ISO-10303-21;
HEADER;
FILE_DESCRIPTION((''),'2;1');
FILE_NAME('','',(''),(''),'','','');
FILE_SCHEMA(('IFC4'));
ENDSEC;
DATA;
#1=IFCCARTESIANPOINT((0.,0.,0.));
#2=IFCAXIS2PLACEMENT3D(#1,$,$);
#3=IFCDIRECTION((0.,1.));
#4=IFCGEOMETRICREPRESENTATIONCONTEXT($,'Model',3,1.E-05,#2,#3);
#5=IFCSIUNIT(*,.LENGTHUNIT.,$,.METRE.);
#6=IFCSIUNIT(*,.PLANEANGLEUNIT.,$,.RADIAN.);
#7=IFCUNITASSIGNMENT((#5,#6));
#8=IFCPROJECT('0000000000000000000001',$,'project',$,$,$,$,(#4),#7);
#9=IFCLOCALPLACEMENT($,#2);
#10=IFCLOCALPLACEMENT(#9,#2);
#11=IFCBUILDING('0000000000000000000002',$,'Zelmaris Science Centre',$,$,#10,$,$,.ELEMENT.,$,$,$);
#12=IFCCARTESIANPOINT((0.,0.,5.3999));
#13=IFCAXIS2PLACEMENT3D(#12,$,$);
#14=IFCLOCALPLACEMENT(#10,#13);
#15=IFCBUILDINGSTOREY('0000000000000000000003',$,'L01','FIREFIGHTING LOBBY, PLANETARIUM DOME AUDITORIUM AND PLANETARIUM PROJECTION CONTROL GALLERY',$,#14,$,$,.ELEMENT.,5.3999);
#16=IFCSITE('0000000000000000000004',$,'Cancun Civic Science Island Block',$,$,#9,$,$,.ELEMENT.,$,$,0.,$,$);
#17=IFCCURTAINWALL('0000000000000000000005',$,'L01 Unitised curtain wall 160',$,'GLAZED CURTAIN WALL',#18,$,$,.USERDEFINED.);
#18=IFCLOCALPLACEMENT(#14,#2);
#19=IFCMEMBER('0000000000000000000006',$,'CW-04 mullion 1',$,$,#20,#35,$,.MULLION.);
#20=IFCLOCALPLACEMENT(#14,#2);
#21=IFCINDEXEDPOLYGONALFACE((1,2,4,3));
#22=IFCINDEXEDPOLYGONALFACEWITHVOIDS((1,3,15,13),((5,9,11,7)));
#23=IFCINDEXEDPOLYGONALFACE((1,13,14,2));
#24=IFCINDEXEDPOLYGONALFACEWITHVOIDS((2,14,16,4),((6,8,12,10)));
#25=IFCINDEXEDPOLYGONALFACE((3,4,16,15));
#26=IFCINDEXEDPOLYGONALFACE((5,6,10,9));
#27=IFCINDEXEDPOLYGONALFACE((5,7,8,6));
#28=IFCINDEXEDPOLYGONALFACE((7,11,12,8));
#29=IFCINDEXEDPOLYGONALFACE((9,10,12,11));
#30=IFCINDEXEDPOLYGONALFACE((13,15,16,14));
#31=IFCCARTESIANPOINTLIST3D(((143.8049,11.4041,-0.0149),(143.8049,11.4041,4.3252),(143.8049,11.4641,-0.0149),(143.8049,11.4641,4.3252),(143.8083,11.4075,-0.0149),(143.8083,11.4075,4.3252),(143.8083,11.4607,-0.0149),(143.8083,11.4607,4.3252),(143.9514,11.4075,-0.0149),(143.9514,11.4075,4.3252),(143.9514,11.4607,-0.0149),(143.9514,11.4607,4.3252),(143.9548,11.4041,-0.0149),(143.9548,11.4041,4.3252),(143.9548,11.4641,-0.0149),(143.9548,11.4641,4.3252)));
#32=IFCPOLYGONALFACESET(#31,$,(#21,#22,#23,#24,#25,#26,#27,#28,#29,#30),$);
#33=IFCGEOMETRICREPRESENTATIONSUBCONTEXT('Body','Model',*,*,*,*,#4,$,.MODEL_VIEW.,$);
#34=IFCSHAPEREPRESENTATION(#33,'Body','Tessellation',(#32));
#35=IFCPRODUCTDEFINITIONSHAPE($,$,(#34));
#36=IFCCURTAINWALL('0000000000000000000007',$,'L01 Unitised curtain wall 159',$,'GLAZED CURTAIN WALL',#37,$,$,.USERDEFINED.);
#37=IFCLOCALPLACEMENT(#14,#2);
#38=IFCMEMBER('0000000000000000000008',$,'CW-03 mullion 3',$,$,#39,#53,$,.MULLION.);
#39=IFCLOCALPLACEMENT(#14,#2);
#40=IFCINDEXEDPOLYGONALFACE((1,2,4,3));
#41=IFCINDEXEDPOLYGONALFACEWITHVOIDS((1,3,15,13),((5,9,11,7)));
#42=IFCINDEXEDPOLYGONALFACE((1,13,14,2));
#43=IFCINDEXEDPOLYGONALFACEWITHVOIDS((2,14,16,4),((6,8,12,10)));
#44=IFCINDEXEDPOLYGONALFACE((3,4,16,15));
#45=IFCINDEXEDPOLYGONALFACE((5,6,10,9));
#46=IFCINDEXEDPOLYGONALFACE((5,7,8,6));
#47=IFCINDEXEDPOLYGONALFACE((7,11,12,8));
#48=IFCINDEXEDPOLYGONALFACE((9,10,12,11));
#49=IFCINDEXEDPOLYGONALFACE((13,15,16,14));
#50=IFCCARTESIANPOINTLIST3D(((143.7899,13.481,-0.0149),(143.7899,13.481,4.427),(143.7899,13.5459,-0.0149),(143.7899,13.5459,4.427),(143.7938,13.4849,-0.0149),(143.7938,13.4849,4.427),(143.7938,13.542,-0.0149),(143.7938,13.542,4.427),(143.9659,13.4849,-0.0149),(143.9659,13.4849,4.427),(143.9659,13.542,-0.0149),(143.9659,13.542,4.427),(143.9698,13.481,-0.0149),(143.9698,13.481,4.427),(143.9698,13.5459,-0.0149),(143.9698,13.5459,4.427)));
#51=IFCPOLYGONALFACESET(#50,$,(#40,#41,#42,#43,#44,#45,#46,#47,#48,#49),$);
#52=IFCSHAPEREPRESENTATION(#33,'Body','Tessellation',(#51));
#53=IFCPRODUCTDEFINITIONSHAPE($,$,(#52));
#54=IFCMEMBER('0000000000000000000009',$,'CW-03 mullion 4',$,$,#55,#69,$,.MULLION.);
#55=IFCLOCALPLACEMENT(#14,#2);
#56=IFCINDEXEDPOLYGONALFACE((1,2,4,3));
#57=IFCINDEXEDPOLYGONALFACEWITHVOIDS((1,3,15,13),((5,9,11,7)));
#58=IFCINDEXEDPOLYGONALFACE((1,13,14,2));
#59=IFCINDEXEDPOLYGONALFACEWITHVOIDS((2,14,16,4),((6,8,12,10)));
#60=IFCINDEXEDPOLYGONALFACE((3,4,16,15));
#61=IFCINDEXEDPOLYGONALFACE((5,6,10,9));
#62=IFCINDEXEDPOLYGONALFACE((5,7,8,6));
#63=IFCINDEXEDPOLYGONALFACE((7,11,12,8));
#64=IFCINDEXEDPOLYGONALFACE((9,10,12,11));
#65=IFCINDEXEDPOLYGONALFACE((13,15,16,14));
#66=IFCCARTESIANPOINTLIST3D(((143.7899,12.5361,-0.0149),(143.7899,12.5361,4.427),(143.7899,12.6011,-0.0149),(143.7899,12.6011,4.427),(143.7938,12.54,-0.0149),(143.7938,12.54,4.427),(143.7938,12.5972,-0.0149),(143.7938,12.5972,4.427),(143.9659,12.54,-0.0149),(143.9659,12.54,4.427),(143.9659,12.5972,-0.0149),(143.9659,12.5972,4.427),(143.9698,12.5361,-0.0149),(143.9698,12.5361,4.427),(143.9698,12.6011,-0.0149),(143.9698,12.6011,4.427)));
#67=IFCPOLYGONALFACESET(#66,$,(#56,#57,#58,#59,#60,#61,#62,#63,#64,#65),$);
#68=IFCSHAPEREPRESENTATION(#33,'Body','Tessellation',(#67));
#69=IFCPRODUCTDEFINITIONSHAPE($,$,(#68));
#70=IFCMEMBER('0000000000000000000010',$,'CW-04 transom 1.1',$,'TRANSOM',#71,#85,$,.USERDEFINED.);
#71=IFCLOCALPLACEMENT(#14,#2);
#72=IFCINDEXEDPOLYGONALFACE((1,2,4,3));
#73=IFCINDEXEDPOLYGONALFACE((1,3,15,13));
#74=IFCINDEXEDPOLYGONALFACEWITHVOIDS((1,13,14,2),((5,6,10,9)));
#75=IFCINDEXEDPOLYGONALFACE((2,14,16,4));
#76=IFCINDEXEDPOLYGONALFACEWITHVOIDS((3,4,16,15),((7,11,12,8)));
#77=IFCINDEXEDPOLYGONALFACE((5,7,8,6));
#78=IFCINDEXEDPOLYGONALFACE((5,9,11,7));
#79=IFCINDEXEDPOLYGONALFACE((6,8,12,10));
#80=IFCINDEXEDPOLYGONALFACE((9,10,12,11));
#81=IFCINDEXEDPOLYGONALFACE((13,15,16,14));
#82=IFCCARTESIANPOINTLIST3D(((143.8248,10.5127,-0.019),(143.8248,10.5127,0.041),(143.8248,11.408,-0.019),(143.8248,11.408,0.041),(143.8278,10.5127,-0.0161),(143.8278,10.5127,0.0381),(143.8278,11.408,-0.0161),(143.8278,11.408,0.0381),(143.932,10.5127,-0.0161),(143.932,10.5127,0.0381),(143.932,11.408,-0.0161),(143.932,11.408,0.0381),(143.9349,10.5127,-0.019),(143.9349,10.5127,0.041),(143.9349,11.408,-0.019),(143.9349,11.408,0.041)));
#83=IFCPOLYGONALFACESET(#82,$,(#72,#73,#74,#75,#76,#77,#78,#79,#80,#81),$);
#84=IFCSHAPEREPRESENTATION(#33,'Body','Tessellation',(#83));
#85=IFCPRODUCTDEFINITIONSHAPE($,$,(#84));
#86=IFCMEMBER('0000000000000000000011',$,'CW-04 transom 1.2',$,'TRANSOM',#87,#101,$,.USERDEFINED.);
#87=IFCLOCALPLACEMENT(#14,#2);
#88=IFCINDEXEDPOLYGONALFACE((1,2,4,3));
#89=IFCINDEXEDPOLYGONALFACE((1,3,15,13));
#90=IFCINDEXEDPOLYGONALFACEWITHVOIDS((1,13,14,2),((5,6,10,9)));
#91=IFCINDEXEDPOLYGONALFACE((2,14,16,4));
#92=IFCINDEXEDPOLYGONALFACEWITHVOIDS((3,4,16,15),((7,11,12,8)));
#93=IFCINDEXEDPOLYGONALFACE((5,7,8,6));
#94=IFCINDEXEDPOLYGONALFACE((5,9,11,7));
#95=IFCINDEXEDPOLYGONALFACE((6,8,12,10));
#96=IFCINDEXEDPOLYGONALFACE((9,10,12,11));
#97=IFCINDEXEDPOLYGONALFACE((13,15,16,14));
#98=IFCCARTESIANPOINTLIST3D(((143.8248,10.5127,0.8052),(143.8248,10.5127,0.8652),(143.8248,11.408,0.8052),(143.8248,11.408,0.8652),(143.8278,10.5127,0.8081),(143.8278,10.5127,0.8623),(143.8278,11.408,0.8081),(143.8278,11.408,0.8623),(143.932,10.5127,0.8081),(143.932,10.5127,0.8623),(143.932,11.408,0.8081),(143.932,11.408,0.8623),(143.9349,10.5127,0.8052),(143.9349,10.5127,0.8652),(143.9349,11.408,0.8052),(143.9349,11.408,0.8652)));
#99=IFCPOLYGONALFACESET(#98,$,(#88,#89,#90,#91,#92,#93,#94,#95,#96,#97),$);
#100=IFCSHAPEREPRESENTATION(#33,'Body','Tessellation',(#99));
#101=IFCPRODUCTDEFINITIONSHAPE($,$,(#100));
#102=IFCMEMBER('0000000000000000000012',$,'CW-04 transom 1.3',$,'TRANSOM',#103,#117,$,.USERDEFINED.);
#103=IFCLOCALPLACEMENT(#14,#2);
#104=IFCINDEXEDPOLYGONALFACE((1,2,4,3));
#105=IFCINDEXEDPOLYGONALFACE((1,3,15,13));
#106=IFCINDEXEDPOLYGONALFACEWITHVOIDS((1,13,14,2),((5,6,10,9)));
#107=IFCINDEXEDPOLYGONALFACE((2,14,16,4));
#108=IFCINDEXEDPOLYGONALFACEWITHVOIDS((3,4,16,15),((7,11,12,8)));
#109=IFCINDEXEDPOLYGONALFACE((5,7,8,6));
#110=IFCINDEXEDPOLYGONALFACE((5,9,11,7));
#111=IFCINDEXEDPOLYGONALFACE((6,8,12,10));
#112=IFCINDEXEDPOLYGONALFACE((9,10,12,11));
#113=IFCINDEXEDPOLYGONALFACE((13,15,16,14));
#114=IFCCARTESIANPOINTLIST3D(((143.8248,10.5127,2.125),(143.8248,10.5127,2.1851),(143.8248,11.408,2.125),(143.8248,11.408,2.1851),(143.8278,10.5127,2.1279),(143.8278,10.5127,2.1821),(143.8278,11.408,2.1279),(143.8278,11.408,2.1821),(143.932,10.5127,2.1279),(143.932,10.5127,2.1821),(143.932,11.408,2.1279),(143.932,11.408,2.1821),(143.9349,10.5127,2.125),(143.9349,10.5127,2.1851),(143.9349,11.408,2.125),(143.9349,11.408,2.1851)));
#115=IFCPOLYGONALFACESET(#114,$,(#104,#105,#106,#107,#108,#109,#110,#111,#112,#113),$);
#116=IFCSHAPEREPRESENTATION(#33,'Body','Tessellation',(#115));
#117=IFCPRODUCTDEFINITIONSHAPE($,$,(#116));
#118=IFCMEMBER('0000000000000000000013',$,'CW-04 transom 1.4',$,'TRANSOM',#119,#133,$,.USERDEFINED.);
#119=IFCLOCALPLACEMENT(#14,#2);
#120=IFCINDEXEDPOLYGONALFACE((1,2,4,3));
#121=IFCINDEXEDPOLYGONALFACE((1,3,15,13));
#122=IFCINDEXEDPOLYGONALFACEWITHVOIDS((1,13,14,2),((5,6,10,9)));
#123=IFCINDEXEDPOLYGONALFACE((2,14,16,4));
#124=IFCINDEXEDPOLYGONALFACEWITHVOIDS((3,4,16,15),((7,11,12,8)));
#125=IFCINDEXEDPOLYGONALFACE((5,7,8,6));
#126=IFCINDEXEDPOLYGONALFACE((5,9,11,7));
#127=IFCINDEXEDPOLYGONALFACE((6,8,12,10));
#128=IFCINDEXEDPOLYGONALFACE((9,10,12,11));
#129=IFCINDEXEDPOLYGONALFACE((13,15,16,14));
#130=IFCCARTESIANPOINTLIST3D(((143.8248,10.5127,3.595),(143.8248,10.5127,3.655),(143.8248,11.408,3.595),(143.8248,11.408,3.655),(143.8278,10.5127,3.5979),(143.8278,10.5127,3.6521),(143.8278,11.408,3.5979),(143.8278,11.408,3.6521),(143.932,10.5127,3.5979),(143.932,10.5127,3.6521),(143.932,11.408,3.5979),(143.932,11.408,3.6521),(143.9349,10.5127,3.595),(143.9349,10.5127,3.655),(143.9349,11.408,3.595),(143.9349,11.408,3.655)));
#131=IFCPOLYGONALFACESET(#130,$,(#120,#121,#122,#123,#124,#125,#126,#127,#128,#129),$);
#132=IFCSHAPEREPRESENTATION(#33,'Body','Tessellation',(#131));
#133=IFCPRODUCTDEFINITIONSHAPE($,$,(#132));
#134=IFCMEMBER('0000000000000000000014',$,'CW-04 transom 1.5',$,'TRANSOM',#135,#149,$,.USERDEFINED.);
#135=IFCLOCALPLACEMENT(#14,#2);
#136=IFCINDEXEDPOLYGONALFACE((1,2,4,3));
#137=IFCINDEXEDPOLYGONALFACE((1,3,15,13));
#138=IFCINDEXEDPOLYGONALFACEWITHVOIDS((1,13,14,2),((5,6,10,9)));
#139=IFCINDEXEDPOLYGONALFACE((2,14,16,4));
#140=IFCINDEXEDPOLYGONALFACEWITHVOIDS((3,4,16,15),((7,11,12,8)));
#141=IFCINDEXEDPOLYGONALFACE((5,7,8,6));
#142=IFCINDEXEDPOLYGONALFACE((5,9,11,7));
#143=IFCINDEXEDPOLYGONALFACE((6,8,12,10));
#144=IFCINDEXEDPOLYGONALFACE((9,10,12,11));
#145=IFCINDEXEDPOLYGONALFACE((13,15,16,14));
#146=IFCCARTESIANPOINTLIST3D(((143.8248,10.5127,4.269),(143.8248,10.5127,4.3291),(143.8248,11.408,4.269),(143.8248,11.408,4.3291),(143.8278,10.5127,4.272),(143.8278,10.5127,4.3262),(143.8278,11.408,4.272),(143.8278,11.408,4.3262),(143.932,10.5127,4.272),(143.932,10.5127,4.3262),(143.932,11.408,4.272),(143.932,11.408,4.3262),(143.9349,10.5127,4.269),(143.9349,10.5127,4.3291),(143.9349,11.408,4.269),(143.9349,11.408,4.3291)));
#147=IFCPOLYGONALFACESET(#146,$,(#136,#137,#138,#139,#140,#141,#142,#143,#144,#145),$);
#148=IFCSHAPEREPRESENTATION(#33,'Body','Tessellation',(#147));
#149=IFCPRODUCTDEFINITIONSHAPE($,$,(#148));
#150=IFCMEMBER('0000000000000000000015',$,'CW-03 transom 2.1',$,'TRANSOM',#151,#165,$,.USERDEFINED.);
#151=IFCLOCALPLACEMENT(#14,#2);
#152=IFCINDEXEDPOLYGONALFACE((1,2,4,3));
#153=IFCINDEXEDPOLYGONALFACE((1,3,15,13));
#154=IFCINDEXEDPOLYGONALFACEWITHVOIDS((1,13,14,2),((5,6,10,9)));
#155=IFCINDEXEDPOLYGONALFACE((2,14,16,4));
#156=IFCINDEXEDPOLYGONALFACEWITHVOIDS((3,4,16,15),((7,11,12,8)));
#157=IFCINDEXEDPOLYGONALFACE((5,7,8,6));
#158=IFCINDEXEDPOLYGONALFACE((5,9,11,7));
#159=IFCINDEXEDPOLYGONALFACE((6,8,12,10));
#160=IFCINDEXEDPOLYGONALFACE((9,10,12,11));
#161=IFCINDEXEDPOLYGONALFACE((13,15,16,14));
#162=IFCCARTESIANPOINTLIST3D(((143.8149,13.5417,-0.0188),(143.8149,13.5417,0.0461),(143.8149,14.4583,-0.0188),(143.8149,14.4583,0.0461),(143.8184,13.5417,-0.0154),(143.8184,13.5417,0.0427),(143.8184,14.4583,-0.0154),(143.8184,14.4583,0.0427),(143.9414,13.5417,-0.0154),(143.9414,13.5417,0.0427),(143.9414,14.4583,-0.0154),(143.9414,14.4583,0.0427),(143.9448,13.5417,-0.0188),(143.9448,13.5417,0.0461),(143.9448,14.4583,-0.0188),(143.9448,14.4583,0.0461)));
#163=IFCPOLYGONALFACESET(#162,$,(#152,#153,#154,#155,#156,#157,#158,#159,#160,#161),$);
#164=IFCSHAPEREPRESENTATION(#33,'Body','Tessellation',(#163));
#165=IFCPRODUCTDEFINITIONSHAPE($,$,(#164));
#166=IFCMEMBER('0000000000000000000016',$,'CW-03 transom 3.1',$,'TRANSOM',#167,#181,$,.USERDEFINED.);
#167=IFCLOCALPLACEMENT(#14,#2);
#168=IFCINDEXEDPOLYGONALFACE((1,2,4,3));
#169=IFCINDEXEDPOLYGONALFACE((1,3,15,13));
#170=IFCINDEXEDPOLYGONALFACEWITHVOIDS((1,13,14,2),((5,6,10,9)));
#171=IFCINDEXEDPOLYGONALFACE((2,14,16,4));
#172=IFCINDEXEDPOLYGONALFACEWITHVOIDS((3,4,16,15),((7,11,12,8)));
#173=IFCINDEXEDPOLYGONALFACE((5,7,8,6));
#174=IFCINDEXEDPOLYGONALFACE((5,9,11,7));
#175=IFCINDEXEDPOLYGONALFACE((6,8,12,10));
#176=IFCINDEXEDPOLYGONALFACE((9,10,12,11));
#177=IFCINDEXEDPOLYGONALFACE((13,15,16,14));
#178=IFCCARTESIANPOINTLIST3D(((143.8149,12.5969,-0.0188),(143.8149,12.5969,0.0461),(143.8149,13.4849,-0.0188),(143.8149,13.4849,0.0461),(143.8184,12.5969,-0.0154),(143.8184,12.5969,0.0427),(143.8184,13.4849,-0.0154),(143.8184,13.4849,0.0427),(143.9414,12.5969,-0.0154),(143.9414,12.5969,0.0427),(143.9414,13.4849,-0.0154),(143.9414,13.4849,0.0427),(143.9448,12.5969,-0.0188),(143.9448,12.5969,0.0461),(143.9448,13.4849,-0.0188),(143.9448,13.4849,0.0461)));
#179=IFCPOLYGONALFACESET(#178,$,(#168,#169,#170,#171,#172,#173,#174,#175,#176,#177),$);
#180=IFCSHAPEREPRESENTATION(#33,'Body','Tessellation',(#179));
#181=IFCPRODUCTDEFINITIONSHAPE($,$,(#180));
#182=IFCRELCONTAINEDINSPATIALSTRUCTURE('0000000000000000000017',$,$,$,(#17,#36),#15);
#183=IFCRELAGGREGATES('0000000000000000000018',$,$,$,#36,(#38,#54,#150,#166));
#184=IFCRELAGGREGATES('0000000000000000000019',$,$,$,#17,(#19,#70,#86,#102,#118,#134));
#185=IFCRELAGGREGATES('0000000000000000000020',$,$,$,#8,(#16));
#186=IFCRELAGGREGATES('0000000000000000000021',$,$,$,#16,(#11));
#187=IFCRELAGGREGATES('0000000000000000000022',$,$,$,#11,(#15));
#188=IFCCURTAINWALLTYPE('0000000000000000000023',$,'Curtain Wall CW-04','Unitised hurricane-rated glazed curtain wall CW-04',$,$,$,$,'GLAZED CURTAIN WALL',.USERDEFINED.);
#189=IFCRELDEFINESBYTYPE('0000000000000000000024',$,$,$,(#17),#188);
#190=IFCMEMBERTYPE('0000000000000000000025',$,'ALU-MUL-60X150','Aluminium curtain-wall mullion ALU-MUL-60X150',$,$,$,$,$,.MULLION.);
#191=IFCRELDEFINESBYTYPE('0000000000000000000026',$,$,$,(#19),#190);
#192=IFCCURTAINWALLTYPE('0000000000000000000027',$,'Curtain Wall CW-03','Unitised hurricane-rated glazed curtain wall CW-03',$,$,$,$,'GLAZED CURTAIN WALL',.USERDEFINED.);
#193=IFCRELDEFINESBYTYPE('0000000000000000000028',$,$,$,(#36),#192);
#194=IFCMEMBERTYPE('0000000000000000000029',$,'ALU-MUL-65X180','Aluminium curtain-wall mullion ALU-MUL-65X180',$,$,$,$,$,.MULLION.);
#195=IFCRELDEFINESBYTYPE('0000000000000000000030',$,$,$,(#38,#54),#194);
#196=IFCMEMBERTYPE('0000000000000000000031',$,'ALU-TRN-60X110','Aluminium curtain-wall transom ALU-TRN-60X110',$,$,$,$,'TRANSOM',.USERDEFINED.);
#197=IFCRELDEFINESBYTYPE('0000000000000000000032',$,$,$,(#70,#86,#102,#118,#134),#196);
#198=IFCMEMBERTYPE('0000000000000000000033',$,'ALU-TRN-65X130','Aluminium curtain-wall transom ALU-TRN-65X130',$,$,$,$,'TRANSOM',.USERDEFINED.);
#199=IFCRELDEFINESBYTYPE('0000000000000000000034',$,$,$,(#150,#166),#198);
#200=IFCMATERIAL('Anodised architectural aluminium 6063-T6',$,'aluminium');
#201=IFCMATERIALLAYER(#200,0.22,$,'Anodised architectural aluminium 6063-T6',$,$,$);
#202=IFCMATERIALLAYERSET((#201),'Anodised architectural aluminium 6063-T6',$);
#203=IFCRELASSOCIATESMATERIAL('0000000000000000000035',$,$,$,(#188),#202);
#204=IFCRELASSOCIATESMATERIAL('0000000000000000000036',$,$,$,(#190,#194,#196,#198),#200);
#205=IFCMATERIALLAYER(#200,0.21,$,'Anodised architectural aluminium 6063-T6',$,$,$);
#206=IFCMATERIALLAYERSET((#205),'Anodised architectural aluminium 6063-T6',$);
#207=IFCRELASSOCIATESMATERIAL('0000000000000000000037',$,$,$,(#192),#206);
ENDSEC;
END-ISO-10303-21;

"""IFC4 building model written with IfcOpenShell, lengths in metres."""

from ifc_helpers import new_model, si_unit, direction, frame, origin, origin_2d, place, context, subcontext, project, spatial, hollow_rectangle, extrude, material, layer, layer_set, material_profile, profile_set, type_object, element, aggregate, save


model = new_model("IFC4")

# Units and contexts
model_context = context("Model", 3, precision=1e-05, world=origin(), true_north=direction((0.0, 1.0)))
body_context = subcontext(model_context, "Body", "Model", "MODEL_VIEW")
ifc_project = project(units=[si_unit("LENGTHUNIT", "METRE"), si_unit("PLANEANGLEUNIT", "RADIAN")], contexts=[model_context])

# Site, building, storey
site_placement = place(None, origin())
site = spatial("IfcSite", under=ifc_project, at=site_placement, Name="Cancun Civic Science Island Block", CompositionType="ELEMENT", RefElevation=0.0)
building_placement = place(site_placement, origin())
building = spatial("IfcBuilding", under=site, at=building_placement, Name="Zelmaris Science Centre", CompositionType="ELEMENT")
storey_placement = place(building_placement, frame((0.0, 0.0, 5.3999)))
storey = spatial("IfcBuildingStorey", under=building, at=storey_placement, Name="L01", Description="FIREFIGHTING LOBBY, PLANETARIUM DOME AUDITORIUM AND PLANETARIUM PROJECTION CONTROL GALLERY", CompositionType="ELEMENT", Elevation=5.3999)

# Curtain wall, member
ifc_material_1 = material(Name="Anodised architectural aluminium 6063-T6", Category="aluminium")
ifc_layer_1 = layer(ifc_material_1, 0.22, Name="Anodised architectural aluminium 6063-T6")
ifc_layer_set_1 = layer_set([ifc_layer_1], Name="Anodised architectural aluminium 6063-T6")
curtain_wall_type_1 = type_object("IfcCurtainWallType", Name="Curtain Wall CW-04", Description="Unitised hurricane-rated glazed curtain wall CW-04", ElementType="GLAZED CURTAIN WALL", PredefinedType="USERDEFINED", material=ifc_layer_set_1)
curtain_wall_1_placement = place(storey_placement, origin())
curtain_wall_1 = element("IfcCurtainWall", 1, at=curtain_wall_1_placement, inside=storey, type_object=curtain_wall_type_1, Name="L01 Unitised curtain wall 160", ObjectType="GLAZED CURTAIN WALL", PredefinedType="USERDEFINED")
ifc_material_profile_1 = material_profile(ifc_material_1, hollow_rectangle(XDim=0.0601, YDim=0.1499, WallThickness=0.0034, at=origin_2d()), Name="ALU-MUL-60X150")
ifc_profile_set_1 = profile_set([ifc_material_profile_1], Name="Anodised architectural aluminium 6063-T6")
member_type_1 = type_object("IfcMemberType", Name="ALU-MUL-60X150", Description="Aluminium curtain-wall mullion ALU-MUL-60X150", PredefinedType="MULLION", material=ifc_profile_set_1)
member_1_placement = place(storey_placement, frame((143.8799, 11.4341, -0.0149), z_axis=(0.0, 0.0, 1.0), x_axis=(0.0, -1.0, 0.0)))
member_1 = element("IfcMember", 2, at=member_1_placement, type_object=member_type_1, Name="CW-04 mullion 1", PredefinedType="MULLION", context=body_context, shape_type="SweptSolid", body=[
    extrude(hollow_rectangle(XDim=0.0601, YDim=0.1499, WallThickness=0.0034, at=origin_2d()), origin(), (0.0, 0.0, 1.0), 4.3401),
])

# Curtain wall, members
ifc_layer_2 = layer(ifc_material_1, 0.21, Name="Anodised architectural aluminium 6063-T6")
ifc_layer_set_2 = layer_set([ifc_layer_2], Name="Anodised architectural aluminium 6063-T6")
curtain_wall_type_2 = type_object("IfcCurtainWallType", Name="Curtain Wall CW-03", Description="Unitised hurricane-rated glazed curtain wall CW-03", ElementType="GLAZED CURTAIN WALL", PredefinedType="USERDEFINED", material=ifc_layer_set_2)
curtain_wall_2_placement = place(storey_placement, origin())
curtain_wall_2 = element("IfcCurtainWall", 3, at=curtain_wall_2_placement, inside=storey, type_object=curtain_wall_type_2, Name="L01 Unitised curtain wall 159", ObjectType="GLAZED CURTAIN WALL", PredefinedType="USERDEFINED")
ifc_material_profile_2 = material_profile(ifc_material_1, hollow_rectangle(XDim=0.0649, YDim=0.1799, WallThickness=0.0039, at=origin_2d()), Name="ALU-MUL-65X180")
ifc_profile_set_2 = profile_set([ifc_material_profile_2], Name="Anodised architectural aluminium 6063-T6")
member_type_2 = type_object("IfcMemberType", Name="ALU-MUL-65X180", Description="Aluminium curtain-wall mullion ALU-MUL-65X180", PredefinedType="MULLION", material=ifc_profile_set_2)
member_2_placement = place(storey_placement, frame((143.8799, 13.5134, -0.0149), z_axis=(0.0, 0.0, 1.0), x_axis=(0.0, -1.0, 0.0)))
member_2 = element("IfcMember", 4, at=member_2_placement, type_object=member_type_2, Name="CW-03 mullion 3", PredefinedType="MULLION", context=body_context, shape_type="SweptSolid", body=[
    extrude(hollow_rectangle(XDim=0.0649, YDim=0.1799, WallThickness=0.0039, at=origin_2d()), origin(), (0.0, 0.0, 1.0), 4.4419),
])
member_3_placement = place(storey_placement, frame((143.8799, 12.5686, -0.0149), z_axis=(0.0, 0.0, 1.0), x_axis=(0.0, -1.0, 0.0)))
member_3 = element("IfcMember", 5, at=member_3_placement, type_object=member_type_2, Name="CW-03 mullion 4", PredefinedType="MULLION", context=body_context, shape_type="SweptSolid", body=[
    extrude(hollow_rectangle(XDim=0.0649, YDim=0.1799, WallThickness=0.0039, at=origin_2d()), origin(), (0.0, 0.0, 1.0), 4.4419),
])

# Members
ifc_material_profile_3 = material_profile(ifc_material_1, hollow_rectangle(XDim=0.0601, YDim=0.1101, WallThickness=0.0029, at=origin_2d()), Name="ALU-TRN-60X110")
ifc_profile_set_3 = profile_set([ifc_material_profile_3], Name="Anodised architectural aluminium 6063-T6")
member_type_3 = type_object("IfcMemberType", Name="ALU-TRN-60X110", Description="Aluminium curtain-wall transom ALU-TRN-60X110", ElementType="TRANSOM", PredefinedType="USERDEFINED", material=ifc_profile_set_3)
member_4_placement = place(storey_placement, frame((143.8799, 11.408, 0.011), z_axis=(0.0, -1.0, 0.0), x_axis=(0.0, 0.0, 1.0)))
member_4 = element("IfcMember", 6, at=member_4_placement, type_object=member_type_3, Name="CW-04 transom 1.1", ObjectType="TRANSOM", PredefinedType="USERDEFINED", context=body_context, shape_type="SweptSolid", body=[
    extrude(hollow_rectangle(XDim=0.0601, YDim=0.1101, WallThickness=0.0029, at=origin_2d()), origin(), (0.0, 0.0, 1.0), 0.8953),
])
member_5_placement = place(storey_placement, frame((143.8799, 11.408, 0.8352), z_axis=(0.0, -1.0, 0.0), x_axis=(0.0, 0.0, 1.0)))
member_5 = element("IfcMember", 7, at=member_5_placement, type_object=member_type_3, Name="CW-04 transom 1.2", ObjectType="TRANSOM", PredefinedType="USERDEFINED", context=body_context, shape_type="SweptSolid", body=[
    extrude(hollow_rectangle(XDim=0.0601, YDim=0.1101, WallThickness=0.0029, at=origin_2d()), origin(), (0.0, 0.0, 1.0), 0.8953),
])
member_6_placement = place(storey_placement, frame((143.8799, 11.408, 2.155), z_axis=(0.0, -1.0, 0.0), x_axis=(0.0, 0.0, 1.0)))
member_6 = element("IfcMember", 8, at=member_6_placement, type_object=member_type_3, Name="CW-04 transom 1.3", ObjectType="TRANSOM", PredefinedType="USERDEFINED", context=body_context, shape_type="SweptSolid", body=[
    extrude(hollow_rectangle(XDim=0.0601, YDim=0.1101, WallThickness=0.0029, at=origin_2d()), origin(), (0.0, 0.0, 1.0), 0.8953),
])
member_7_placement = place(storey_placement, frame((143.8799, 11.408, 3.625), z_axis=(0.0, -1.0, 0.0), x_axis=(0.0, 0.0, 1.0)))
member_7 = element("IfcMember", 9, at=member_7_placement, type_object=member_type_3, Name="CW-04 transom 1.4", ObjectType="TRANSOM", PredefinedType="USERDEFINED", context=body_context, shape_type="SweptSolid", body=[
    extrude(hollow_rectangle(XDim=0.0601, YDim=0.1101, WallThickness=0.0029, at=origin_2d()), origin(), (0.0, 0.0, 1.0), 0.8953),
])
member_8_placement = place(storey_placement, frame((143.8799, 11.408, 4.2991), z_axis=(0.0, -1.0, 0.0), x_axis=(0.0, 0.0, 1.0)))
member_8 = element("IfcMember", 10, at=member_8_placement, type_object=member_type_3, Name="CW-04 transom 1.5", ObjectType="TRANSOM", PredefinedType="USERDEFINED", context=body_context, shape_type="SweptSolid", body=[
    extrude(hollow_rectangle(XDim=0.0601, YDim=0.1101, WallThickness=0.0029, at=origin_2d()), origin(), (0.0, 0.0, 1.0), 0.8953),
])
ifc_material_profile_4 = material_profile(ifc_material_1, hollow_rectangle(XDim=0.0649, YDim=0.1299, WallThickness=0.0034, at=origin_2d()), Name="ALU-TRN-65X130")
ifc_profile_set_4 = profile_set([ifc_material_profile_4], Name="Anodised architectural aluminium 6063-T6")
member_type_4 = type_object("IfcMemberType", Name="ALU-TRN-65X130", Description="Aluminium curtain-wall transom ALU-TRN-65X130", ElementType="TRANSOM", PredefinedType="USERDEFINED", material=ifc_profile_set_4)
member_9_placement = place(storey_placement, frame((143.8799, 14.4583, 0.0137), z_axis=(0.0, -1.0, 0.0), x_axis=(0.0, 0.0, 1.0)))
member_9 = element("IfcMember", 11, at=member_9_placement, type_object=member_type_4, Name="CW-03 transom 2.1", ObjectType="TRANSOM", PredefinedType="USERDEFINED", context=body_context, shape_type="SweptSolid", body=[
    extrude(hollow_rectangle(XDim=0.0649, YDim=0.1299, WallThickness=0.0034, at=origin_2d()), origin(), (0.0, 0.0, 1.0), 0.9165),
])
member_10_placement = place(storey_placement, frame((143.8799, 13.4849, 0.0137), z_axis=(0.0, -1.0, 0.0), x_axis=(0.0, 0.0, 1.0)))
member_10 = element("IfcMember", 12, at=member_10_placement, type_object=member_type_4, Name="CW-03 transom 3.1", ObjectType="TRANSOM", PredefinedType="USERDEFINED", context=body_context, shape_type="SweptSolid", body=[
    extrude(hollow_rectangle(XDim=0.0649, YDim=0.1299, WallThickness=0.0034, at=origin_2d()), origin(), (0.0, 0.0, 1.0), 0.8879),
])

aggregate(curtain_wall_2, [member_2, member_3, member_9, member_10])
aggregate(curtain_wall_1, [member_1, member_4, member_5, member_6, member_7, member_8])

save(model, "model.ifc")
